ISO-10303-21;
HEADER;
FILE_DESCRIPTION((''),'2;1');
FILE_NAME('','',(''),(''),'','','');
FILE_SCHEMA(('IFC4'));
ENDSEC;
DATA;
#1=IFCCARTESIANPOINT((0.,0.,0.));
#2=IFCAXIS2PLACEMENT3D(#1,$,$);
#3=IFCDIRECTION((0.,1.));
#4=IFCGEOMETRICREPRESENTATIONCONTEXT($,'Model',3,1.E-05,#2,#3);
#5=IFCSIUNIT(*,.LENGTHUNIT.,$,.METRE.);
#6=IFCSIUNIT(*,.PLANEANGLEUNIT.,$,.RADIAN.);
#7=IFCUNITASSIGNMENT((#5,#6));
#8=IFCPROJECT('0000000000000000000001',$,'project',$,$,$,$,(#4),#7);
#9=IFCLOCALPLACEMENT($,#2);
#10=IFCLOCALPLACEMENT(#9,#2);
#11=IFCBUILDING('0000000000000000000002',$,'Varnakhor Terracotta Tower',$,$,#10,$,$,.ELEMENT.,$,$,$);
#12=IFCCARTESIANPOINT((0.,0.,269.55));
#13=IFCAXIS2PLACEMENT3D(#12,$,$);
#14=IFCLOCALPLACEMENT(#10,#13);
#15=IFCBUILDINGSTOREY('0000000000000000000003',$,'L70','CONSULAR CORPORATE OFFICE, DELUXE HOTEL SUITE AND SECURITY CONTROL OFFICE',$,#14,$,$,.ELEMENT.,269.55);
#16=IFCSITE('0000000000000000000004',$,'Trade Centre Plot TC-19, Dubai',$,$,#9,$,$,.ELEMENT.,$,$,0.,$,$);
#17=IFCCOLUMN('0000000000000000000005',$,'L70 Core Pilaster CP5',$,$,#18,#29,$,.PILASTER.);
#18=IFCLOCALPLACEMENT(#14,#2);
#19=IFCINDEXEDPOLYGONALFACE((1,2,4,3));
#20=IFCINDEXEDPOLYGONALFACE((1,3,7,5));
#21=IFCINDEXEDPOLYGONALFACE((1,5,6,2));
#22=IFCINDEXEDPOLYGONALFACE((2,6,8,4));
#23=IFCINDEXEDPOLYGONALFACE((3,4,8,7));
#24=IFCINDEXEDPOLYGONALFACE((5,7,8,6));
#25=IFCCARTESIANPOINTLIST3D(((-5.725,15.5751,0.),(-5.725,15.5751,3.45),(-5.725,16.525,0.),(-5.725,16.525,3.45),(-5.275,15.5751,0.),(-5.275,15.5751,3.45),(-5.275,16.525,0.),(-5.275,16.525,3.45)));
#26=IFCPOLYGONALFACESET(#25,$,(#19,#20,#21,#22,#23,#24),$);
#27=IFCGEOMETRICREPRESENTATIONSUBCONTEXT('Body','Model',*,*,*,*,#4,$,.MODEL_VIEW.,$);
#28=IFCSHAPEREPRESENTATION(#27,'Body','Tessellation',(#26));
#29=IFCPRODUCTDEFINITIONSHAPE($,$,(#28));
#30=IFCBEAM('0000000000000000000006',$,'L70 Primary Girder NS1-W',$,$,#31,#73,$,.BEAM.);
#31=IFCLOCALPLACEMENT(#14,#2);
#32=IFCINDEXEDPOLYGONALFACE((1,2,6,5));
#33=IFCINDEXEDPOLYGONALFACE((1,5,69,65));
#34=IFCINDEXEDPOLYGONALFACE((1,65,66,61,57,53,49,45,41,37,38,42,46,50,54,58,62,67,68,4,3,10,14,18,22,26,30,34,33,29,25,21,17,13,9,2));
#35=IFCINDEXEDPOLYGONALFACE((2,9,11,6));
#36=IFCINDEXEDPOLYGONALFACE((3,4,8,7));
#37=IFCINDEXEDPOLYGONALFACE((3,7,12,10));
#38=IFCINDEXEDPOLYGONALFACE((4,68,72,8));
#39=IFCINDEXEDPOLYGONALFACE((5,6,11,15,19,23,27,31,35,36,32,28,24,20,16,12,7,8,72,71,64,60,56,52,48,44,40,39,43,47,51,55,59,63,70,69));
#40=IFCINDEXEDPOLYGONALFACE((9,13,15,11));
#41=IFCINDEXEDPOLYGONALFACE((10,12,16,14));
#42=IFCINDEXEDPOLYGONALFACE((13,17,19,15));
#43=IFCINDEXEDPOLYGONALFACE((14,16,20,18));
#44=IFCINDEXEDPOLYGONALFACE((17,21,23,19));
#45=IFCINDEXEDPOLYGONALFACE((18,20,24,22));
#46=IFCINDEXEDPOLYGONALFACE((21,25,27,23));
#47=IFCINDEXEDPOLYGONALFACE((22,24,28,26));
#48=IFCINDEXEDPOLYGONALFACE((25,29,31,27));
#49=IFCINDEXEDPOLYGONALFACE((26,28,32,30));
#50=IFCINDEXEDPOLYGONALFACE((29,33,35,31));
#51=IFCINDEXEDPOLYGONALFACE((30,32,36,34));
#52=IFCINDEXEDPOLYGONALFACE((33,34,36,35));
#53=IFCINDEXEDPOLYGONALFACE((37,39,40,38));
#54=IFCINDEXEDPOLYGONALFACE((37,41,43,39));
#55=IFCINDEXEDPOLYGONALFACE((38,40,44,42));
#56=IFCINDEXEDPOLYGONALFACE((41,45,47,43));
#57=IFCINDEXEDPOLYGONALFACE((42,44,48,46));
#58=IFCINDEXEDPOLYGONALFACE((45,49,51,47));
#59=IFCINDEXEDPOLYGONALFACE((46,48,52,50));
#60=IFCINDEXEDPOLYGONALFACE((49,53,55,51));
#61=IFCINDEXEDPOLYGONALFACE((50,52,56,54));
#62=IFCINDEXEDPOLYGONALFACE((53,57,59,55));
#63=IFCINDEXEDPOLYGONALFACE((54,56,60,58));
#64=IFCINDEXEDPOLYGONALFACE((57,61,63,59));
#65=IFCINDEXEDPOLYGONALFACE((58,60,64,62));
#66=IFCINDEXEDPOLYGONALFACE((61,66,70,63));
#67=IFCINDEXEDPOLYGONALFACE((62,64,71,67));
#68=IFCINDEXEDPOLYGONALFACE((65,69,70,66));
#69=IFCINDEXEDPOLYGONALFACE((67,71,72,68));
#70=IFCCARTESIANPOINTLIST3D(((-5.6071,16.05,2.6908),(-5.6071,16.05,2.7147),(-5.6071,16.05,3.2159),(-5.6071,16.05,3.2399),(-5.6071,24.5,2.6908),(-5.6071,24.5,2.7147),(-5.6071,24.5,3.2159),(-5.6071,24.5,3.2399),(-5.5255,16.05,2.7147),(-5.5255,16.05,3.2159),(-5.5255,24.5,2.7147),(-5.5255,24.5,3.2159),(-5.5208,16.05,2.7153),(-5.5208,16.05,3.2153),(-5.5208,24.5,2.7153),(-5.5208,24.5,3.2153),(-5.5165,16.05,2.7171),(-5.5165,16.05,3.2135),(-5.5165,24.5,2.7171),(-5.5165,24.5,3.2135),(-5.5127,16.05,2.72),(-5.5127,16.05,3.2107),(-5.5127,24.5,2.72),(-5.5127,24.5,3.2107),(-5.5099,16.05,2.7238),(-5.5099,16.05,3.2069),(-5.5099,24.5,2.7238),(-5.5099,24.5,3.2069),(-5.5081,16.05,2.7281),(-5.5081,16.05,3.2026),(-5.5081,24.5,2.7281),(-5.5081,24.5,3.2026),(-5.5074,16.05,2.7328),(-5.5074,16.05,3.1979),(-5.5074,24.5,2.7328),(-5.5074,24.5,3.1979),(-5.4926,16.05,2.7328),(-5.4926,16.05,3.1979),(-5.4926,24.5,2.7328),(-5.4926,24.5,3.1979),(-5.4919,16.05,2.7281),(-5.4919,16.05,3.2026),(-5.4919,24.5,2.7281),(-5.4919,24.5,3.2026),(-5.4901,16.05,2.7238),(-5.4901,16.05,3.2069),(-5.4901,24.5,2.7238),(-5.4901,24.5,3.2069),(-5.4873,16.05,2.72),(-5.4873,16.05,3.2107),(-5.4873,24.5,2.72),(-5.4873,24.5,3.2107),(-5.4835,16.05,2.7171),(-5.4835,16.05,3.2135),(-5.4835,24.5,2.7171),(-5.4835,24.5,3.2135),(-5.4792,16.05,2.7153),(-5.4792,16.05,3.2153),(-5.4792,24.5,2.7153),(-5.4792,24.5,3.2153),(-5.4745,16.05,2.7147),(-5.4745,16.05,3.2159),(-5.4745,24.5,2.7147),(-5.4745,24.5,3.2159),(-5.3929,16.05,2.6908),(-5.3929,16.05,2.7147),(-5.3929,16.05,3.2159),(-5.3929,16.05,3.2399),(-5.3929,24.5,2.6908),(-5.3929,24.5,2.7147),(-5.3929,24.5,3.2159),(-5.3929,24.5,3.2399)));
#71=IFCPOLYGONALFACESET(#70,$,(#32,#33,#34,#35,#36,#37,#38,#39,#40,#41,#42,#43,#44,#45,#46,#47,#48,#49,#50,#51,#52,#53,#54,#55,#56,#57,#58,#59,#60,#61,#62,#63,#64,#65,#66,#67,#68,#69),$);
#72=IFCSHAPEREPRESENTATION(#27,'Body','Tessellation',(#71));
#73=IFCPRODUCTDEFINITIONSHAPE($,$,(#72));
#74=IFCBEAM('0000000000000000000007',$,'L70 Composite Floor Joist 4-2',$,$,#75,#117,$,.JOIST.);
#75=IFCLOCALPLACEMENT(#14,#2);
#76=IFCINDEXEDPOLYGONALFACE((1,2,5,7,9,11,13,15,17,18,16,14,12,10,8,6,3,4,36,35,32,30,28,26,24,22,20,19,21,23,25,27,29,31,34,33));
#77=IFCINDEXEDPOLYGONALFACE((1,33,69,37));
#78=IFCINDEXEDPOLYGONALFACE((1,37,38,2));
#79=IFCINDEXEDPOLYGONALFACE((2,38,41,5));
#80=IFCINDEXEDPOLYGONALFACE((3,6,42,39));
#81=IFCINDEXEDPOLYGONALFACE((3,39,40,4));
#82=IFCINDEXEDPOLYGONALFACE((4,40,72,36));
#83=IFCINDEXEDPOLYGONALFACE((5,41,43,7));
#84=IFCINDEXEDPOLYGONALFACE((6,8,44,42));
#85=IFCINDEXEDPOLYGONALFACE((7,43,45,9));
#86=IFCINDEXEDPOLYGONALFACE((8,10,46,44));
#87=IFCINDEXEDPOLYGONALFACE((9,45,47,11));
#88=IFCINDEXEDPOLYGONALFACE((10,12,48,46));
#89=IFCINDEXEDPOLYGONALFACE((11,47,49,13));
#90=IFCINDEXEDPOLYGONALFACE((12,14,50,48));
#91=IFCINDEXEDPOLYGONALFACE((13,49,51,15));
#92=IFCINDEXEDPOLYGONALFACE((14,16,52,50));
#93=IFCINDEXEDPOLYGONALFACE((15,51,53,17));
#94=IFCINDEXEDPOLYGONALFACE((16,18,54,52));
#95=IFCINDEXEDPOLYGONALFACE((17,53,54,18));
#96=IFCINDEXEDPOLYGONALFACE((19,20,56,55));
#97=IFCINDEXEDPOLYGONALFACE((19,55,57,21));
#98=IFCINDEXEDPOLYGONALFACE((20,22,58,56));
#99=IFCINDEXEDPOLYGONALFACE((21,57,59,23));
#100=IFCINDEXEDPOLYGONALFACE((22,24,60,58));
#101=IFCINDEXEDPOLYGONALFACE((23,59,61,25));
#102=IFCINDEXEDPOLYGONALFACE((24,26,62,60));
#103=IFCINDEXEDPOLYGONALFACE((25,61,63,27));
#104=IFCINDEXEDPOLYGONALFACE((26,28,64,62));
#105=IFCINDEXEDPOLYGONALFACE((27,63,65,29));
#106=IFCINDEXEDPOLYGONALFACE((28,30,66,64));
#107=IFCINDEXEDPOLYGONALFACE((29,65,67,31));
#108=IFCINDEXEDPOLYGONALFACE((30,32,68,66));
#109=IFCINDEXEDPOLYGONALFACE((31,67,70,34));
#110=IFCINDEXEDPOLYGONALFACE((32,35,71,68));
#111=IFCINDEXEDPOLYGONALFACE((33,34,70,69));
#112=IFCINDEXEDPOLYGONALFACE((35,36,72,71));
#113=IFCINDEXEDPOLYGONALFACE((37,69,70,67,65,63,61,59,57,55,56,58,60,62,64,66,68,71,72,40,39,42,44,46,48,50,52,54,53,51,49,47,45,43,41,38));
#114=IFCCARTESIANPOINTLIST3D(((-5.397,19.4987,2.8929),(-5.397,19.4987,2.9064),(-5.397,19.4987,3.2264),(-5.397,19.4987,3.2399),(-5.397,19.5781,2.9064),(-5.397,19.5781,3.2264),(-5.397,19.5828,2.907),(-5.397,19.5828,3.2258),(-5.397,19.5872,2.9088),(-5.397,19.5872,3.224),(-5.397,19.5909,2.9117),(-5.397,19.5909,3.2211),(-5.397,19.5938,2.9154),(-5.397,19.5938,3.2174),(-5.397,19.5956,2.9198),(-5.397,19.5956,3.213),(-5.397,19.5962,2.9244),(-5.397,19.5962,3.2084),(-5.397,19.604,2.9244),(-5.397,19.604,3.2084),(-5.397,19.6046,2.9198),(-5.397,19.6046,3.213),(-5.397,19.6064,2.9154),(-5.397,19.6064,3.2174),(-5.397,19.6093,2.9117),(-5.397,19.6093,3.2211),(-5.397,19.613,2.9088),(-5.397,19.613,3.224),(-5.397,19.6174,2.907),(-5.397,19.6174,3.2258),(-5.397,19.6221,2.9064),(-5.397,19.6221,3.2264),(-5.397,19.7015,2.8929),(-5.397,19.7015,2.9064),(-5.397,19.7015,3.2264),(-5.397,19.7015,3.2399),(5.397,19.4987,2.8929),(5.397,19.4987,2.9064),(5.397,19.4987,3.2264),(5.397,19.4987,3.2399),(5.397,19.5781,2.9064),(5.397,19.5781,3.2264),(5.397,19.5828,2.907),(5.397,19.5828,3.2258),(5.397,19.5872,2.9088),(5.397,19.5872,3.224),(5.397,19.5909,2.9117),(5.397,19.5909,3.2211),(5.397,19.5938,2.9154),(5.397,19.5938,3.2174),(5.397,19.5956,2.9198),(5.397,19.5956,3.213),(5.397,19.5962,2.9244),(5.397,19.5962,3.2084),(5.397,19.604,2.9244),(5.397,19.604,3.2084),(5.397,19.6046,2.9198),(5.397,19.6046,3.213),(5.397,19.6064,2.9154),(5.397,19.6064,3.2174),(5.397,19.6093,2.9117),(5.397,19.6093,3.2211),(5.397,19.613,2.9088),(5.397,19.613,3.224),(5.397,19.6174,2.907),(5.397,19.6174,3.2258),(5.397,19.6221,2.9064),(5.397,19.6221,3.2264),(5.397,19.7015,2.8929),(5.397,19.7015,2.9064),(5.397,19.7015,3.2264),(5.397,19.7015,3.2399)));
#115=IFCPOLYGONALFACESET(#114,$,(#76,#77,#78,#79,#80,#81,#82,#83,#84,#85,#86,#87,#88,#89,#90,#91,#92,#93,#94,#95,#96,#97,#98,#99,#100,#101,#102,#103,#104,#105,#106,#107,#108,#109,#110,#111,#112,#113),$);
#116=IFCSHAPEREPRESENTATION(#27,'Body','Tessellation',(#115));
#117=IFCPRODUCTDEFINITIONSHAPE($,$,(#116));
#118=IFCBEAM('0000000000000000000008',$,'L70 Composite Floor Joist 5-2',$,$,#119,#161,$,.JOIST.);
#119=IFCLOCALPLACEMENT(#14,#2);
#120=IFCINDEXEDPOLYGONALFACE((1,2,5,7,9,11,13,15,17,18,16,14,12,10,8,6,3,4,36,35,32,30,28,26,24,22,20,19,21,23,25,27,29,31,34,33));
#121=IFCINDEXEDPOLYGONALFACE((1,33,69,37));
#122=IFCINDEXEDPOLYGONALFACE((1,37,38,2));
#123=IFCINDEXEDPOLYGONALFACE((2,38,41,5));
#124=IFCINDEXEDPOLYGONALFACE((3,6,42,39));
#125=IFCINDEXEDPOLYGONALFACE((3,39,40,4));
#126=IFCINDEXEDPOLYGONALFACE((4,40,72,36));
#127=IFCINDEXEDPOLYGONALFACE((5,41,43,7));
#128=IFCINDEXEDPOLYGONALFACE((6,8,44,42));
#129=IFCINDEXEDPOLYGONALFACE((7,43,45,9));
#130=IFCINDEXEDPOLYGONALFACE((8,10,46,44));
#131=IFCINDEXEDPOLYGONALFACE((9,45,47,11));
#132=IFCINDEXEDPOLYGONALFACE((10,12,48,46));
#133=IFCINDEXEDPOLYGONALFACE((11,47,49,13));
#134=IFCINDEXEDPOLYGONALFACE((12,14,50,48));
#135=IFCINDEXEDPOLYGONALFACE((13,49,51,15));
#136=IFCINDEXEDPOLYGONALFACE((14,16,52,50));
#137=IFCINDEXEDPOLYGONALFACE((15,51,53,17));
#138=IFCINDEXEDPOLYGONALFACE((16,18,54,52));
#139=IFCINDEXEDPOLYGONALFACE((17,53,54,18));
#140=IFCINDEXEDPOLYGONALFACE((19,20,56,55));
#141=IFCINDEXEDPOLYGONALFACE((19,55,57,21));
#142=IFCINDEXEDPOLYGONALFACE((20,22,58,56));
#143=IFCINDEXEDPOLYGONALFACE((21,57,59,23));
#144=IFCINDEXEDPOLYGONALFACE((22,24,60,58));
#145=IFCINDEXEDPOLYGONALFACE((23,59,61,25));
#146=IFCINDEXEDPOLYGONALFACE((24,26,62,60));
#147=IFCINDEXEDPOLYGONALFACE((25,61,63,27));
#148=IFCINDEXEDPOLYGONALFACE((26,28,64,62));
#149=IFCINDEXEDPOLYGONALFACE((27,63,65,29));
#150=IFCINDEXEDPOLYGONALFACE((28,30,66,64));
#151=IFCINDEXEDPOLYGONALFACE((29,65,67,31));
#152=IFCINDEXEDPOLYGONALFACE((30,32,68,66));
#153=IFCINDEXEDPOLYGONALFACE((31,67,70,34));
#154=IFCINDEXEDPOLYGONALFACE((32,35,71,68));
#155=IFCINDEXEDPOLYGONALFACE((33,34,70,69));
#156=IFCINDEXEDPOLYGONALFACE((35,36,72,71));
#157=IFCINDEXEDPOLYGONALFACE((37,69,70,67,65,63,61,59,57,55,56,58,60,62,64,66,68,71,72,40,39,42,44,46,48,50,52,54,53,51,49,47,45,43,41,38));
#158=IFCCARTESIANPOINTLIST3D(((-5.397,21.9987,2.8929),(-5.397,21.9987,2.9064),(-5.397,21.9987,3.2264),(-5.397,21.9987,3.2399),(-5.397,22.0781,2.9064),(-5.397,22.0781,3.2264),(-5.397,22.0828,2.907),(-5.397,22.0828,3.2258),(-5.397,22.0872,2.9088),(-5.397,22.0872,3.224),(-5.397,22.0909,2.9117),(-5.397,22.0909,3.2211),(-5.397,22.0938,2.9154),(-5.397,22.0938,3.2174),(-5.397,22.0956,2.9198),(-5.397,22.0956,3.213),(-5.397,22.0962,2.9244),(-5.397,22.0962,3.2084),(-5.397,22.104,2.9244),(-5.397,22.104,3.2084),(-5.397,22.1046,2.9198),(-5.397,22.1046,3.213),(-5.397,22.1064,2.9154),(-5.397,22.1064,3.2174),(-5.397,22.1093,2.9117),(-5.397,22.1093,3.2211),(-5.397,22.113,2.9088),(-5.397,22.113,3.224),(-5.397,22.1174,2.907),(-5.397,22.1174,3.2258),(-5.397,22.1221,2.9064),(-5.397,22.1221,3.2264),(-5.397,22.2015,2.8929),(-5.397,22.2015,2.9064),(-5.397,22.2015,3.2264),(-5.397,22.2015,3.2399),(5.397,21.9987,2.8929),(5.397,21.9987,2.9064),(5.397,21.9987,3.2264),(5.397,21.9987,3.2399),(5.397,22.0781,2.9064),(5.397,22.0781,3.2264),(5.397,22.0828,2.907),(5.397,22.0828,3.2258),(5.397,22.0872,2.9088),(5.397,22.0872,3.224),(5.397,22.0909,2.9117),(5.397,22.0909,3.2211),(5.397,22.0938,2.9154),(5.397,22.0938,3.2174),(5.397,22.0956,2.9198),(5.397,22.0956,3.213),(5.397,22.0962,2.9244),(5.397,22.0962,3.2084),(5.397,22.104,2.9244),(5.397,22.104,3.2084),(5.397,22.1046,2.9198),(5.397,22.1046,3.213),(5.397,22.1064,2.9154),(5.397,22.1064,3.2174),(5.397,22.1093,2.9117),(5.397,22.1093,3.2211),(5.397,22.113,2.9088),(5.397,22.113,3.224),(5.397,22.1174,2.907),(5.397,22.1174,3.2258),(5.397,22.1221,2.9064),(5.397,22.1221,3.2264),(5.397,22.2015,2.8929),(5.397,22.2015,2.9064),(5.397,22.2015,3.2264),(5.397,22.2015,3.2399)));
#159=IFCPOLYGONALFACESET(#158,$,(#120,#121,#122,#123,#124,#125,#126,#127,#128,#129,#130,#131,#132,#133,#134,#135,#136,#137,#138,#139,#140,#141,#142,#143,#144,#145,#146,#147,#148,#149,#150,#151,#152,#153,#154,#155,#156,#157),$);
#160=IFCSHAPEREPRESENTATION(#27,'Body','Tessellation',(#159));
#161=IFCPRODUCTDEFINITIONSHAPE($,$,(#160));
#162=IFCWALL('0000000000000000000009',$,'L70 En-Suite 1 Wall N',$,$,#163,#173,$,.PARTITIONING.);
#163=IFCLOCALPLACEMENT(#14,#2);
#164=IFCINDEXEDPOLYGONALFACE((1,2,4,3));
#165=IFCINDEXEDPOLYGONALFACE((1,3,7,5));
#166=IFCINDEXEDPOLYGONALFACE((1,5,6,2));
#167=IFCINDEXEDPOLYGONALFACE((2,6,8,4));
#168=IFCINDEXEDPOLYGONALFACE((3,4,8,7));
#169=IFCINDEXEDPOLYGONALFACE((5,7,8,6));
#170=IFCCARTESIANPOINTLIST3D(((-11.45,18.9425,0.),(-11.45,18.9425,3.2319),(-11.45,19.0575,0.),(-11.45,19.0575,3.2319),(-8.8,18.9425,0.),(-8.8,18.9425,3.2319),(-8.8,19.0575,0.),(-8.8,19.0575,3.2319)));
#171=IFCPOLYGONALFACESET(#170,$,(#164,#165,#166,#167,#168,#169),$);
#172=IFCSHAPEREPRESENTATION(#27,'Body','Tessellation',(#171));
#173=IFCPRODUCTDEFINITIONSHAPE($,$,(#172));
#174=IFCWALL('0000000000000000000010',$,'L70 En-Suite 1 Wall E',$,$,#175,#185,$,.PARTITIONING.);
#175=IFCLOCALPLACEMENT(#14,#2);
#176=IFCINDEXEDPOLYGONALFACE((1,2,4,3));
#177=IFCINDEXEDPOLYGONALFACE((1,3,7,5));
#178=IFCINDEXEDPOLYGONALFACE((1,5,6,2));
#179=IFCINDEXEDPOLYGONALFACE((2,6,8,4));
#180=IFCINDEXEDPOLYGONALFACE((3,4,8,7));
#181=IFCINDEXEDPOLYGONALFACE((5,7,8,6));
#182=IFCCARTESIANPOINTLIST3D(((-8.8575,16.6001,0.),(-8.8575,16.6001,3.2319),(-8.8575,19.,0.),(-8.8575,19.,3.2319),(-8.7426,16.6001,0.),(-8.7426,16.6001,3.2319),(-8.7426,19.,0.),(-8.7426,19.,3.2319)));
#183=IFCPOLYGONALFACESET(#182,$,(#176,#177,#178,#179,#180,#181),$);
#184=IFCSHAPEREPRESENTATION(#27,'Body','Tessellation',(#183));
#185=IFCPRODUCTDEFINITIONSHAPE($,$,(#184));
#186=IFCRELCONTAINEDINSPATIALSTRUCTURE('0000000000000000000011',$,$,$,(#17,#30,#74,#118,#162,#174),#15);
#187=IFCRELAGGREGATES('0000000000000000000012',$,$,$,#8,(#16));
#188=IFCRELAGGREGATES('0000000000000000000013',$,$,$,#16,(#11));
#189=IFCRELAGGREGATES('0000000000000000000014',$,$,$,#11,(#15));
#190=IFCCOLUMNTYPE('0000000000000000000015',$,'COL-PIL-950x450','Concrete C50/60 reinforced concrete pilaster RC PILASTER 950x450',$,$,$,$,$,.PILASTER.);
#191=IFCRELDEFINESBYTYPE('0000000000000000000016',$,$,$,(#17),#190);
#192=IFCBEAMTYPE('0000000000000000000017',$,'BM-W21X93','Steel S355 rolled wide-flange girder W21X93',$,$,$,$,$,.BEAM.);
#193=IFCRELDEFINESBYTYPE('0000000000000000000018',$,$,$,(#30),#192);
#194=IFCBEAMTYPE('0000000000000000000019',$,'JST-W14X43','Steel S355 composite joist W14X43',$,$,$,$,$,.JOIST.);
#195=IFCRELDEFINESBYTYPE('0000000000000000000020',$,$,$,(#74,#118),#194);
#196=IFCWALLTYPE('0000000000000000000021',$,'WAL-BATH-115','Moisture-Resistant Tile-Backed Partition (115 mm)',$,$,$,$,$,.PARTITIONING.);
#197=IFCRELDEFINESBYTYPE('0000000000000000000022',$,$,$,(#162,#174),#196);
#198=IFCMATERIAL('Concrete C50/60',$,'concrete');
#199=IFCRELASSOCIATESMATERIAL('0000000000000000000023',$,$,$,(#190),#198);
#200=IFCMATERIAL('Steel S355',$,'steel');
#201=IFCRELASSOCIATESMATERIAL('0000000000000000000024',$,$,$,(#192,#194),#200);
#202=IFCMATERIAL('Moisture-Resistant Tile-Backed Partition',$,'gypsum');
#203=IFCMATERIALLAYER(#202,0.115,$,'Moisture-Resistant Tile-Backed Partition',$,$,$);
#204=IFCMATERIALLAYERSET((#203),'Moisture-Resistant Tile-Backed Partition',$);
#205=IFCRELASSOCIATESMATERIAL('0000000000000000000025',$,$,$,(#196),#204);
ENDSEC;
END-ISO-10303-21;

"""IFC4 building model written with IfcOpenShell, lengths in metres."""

from ifc_helpers import new_model, si_unit, direction, frame, frame_2d, origin, origin_2d, place, context, subcontext, project, spatial, rectangle, i_section, extrude, source, transform, mapped, material, layer, layer_set, material_profile, profile_set, type_object, type_shapes, element, save


model = new_model("IFC4")

# Units and contexts
model_context = context("Model", 3, precision=1e-05, world=origin(), true_north=direction((0.0, 1.0)))
body_context = subcontext(model_context, "Body", "Model", "MODEL_VIEW")
ifc_project = project(units=[si_unit("LENGTHUNIT", "METRE"), si_unit("PLANEANGLEUNIT", "RADIAN")], contexts=[model_context])

# Site, building, storey
site_placement = place(None, origin())
site = spatial("IfcSite", under=ifc_project, at=site_placement, Name="Trade Centre Plot TC-19, Dubai", CompositionType="ELEMENT", RefElevation=0.0)
building_placement = place(site_placement, origin())
building = spatial("IfcBuilding", under=site, at=building_placement, Name="Varnakhor Terracotta Tower", CompositionType="ELEMENT")
storey_placement = place(building_placement, frame((0.0, 0.0, 269.55)))
storey = spatial("IfcBuildingStorey", under=building, at=storey_placement, Name="L70", Description="CONSULAR CORPORATE OFFICE, DELUXE HOTEL SUITE AND SECURITY CONTROL OFFICE", CompositionType="ELEMENT", Elevation=269.55)

# Column
ifc_material_1 = material(Name="Concrete C50/60", Category="concrete")
ifc_material_profile_1 = material_profile(ifc_material_1, rectangle(XDim=0.45, YDim=0.95, at=origin_2d()), Name="RC PILASTER 950x450")
ifc_profile_set_1 = profile_set([ifc_material_profile_1], Name="Concrete C50/60")
column_type = type_object("IfcColumnType", Name="COL-PIL-950x450", Description="Concrete C50/60 reinforced concrete pilaster RC PILASTER 950x450", PredefinedType="PILASTER", material=ifc_profile_set_1)
shared_shape_1 = source(origin(), body_context, "Body", "SweptSolid", [
    extrude(rectangle(XDim=0.45, YDim=0.95, at=origin_2d()), origin(), (0.0, 0.0, 1.0), 3.45),
])
column_placement = place(storey_placement, frame((-5.5, 16.05, 0.0), z_axis=(0.0, 0.0, 1.0), x_axis=(1.0, 0.0, 0.0)))
element("IfcColumn", 1, at=column_placement, inside=storey, type_object=column_type, Name="L70 Core Pilaster CP5", PredefinedType="PILASTER", context=body_context, shape_type="MappedRepresentation", body=[
    mapped(shared_shape_1, transform((0.0, 0.0, 0.0), scale=1.0)),
])

# Beams
ifc_material_2 = material(Name="Steel S355", Category="steel")
ifc_material_profile_2 = material_profile(ifc_material_2, i_section(OverallWidth=0.2141, OverallDepth=0.5491, WebThickness=0.0149, FlangeThickness=0.0239, FilletRadius=0.0181, at=origin_2d()), Name="W21X93")
ifc_profile_set_2 = profile_set([ifc_material_profile_2], Name="Steel S355")
beam_type_1 = type_object("IfcBeamType", Name="BM-W21X93", Description="Steel S355 rolled wide-flange girder W21X93", PredefinedType="BEAM", material=ifc_profile_set_2)
shared_shape_2 = source(origin(), body_context, "Body", "SweptSolid", [
    extrude(i_section(OverallWidth=0.2141, OverallDepth=0.5491, WebThickness=0.0149, FlangeThickness=0.0239, FilletRadius=0.0181, at=origin_2d()), origin(), (0.0, 0.0, 1.0), 8.45),
])
type_shapes(beam_type_1, [shared_shape_2])
beam_placement = place(storey_placement, frame((-5.5, 16.05, 2.9653), z_axis=(0.0, 1.0, 0.0), x_axis=(-1.0, 0.0, 0.0)))
element("IfcBeam", 2, at=beam_placement, inside=storey, type_object=beam_type_1, Name="L70 Primary Girder NS1-W", PredefinedType="BEAM", context=body_context, shape_type="MappedRepresentation", body=[
    mapped(shared_shape_2, transform((0.0, 0.0, 0.0), scale=1.0)),
])
ifc_material_profile_3 = material_profile(ifc_material_2, i_section(OverallWidth=0.2029, OverallDepth=0.3469, WebThickness=0.0078, FlangeThickness=0.0134, FilletRadius=0.0181, at=origin_2d()), Name="W14X43")
ifc_profile_set_3 = profile_set([ifc_material_profile_3], Name="Steel S355")
beam_type_2 = type_object("IfcBeamType", Name="JST-W14X43", Description="Steel S355 composite joist W14X43", PredefinedType="JOIST", material=ifc_profile_set_3)
shared_shape_3 = source(origin(), body_context, "Body", "SweptSolid", [
    extrude(i_section(OverallWidth=0.2029, OverallDepth=0.3469, WebThickness=0.0078, FlangeThickness=0.0134, FilletRadius=0.0181, at=origin_2d()), origin(), (0.0, 0.0, 1.0), 10.7939),
])
for number, where, z_axis, x_axis, name in (
    (3, (-5.397, 19.6001, 3.0664), (1.0, 0.0, 0.0), (0.0, 1.0, 0.0), "L70 Composite Floor Joist 4-2"),
    (4, (-5.397, 22.1001, 3.0664), (1.0, 0.0, 0.0), (0.0, 1.0, 0.0), "L70 Composite Floor Joist 5-2"),
):
    element("IfcBeam", number, at=place(storey_placement, frame(where, z_axis=z_axis, x_axis=x_axis)), inside=storey, type_object=beam_type_2, Name=name, PredefinedType="JOIST", context=body_context, shape_type="MappedRepresentation", body=[
        mapped(shared_shape_3, transform((0.0, 0.0, 0.0), scale=1.0)),
    ])

# Walls
ifc_material_3 = material(Name="Moisture-Resistant Tile-Backed Partition", Category="gypsum")
ifc_layer_1 = layer(ifc_material_3, 0.115, Name="Moisture-Resistant Tile-Backed Partition")
ifc_layer_set_1 = layer_set([ifc_layer_1], Name="Moisture-Resistant Tile-Backed Partition")
wall_type_1 = type_object("IfcWallType", Name="WAL-BATH-115", Description="Moisture-Resistant Tile-Backed Partition (115 mm)", PredefinedType="PARTITIONING", material=ifc_layer_set_1)
wall_1_placement = place(storey_placement, frame((-11.45, 19.0, 0.0), z_axis=(0.0, 0.0, 1.0), x_axis=(1.0, 0.0, 0.0)))
element("IfcWall", 5, at=wall_1_placement, inside=storey, type_object=wall_type_1, Name="L70 En-Suite 1 Wall N", PredefinedType="PARTITIONING", context=body_context, shape_type="SweptSolid", body=[
    extrude(rectangle(XDim=2.6499, YDim=0.115, at=frame_2d((1.325, 0.0))), origin(), (0.0, 0.0, 1.0), 3.2319),
])
wall_2_placement = place(storey_placement, frame((-8.8, 16.6001, 0.0), z_axis=(0.0, 0.0, 1.0), x_axis=(0.0, 1.0, 0.0)))
element("IfcWall", 6, at=wall_2_placement, inside=storey, type_object=wall_type_1, Name="L70 En-Suite 1 Wall E", PredefinedType="PARTITIONING", context=body_context, shape_type="SweptSolid", body=[
    extrude(rectangle(XDim=2.3999, YDim=0.115, at=frame_2d((1.2, 0.0))), origin(), (0.0, 0.0, 1.0), 3.2319),
])

save(model, "model.ifc")
